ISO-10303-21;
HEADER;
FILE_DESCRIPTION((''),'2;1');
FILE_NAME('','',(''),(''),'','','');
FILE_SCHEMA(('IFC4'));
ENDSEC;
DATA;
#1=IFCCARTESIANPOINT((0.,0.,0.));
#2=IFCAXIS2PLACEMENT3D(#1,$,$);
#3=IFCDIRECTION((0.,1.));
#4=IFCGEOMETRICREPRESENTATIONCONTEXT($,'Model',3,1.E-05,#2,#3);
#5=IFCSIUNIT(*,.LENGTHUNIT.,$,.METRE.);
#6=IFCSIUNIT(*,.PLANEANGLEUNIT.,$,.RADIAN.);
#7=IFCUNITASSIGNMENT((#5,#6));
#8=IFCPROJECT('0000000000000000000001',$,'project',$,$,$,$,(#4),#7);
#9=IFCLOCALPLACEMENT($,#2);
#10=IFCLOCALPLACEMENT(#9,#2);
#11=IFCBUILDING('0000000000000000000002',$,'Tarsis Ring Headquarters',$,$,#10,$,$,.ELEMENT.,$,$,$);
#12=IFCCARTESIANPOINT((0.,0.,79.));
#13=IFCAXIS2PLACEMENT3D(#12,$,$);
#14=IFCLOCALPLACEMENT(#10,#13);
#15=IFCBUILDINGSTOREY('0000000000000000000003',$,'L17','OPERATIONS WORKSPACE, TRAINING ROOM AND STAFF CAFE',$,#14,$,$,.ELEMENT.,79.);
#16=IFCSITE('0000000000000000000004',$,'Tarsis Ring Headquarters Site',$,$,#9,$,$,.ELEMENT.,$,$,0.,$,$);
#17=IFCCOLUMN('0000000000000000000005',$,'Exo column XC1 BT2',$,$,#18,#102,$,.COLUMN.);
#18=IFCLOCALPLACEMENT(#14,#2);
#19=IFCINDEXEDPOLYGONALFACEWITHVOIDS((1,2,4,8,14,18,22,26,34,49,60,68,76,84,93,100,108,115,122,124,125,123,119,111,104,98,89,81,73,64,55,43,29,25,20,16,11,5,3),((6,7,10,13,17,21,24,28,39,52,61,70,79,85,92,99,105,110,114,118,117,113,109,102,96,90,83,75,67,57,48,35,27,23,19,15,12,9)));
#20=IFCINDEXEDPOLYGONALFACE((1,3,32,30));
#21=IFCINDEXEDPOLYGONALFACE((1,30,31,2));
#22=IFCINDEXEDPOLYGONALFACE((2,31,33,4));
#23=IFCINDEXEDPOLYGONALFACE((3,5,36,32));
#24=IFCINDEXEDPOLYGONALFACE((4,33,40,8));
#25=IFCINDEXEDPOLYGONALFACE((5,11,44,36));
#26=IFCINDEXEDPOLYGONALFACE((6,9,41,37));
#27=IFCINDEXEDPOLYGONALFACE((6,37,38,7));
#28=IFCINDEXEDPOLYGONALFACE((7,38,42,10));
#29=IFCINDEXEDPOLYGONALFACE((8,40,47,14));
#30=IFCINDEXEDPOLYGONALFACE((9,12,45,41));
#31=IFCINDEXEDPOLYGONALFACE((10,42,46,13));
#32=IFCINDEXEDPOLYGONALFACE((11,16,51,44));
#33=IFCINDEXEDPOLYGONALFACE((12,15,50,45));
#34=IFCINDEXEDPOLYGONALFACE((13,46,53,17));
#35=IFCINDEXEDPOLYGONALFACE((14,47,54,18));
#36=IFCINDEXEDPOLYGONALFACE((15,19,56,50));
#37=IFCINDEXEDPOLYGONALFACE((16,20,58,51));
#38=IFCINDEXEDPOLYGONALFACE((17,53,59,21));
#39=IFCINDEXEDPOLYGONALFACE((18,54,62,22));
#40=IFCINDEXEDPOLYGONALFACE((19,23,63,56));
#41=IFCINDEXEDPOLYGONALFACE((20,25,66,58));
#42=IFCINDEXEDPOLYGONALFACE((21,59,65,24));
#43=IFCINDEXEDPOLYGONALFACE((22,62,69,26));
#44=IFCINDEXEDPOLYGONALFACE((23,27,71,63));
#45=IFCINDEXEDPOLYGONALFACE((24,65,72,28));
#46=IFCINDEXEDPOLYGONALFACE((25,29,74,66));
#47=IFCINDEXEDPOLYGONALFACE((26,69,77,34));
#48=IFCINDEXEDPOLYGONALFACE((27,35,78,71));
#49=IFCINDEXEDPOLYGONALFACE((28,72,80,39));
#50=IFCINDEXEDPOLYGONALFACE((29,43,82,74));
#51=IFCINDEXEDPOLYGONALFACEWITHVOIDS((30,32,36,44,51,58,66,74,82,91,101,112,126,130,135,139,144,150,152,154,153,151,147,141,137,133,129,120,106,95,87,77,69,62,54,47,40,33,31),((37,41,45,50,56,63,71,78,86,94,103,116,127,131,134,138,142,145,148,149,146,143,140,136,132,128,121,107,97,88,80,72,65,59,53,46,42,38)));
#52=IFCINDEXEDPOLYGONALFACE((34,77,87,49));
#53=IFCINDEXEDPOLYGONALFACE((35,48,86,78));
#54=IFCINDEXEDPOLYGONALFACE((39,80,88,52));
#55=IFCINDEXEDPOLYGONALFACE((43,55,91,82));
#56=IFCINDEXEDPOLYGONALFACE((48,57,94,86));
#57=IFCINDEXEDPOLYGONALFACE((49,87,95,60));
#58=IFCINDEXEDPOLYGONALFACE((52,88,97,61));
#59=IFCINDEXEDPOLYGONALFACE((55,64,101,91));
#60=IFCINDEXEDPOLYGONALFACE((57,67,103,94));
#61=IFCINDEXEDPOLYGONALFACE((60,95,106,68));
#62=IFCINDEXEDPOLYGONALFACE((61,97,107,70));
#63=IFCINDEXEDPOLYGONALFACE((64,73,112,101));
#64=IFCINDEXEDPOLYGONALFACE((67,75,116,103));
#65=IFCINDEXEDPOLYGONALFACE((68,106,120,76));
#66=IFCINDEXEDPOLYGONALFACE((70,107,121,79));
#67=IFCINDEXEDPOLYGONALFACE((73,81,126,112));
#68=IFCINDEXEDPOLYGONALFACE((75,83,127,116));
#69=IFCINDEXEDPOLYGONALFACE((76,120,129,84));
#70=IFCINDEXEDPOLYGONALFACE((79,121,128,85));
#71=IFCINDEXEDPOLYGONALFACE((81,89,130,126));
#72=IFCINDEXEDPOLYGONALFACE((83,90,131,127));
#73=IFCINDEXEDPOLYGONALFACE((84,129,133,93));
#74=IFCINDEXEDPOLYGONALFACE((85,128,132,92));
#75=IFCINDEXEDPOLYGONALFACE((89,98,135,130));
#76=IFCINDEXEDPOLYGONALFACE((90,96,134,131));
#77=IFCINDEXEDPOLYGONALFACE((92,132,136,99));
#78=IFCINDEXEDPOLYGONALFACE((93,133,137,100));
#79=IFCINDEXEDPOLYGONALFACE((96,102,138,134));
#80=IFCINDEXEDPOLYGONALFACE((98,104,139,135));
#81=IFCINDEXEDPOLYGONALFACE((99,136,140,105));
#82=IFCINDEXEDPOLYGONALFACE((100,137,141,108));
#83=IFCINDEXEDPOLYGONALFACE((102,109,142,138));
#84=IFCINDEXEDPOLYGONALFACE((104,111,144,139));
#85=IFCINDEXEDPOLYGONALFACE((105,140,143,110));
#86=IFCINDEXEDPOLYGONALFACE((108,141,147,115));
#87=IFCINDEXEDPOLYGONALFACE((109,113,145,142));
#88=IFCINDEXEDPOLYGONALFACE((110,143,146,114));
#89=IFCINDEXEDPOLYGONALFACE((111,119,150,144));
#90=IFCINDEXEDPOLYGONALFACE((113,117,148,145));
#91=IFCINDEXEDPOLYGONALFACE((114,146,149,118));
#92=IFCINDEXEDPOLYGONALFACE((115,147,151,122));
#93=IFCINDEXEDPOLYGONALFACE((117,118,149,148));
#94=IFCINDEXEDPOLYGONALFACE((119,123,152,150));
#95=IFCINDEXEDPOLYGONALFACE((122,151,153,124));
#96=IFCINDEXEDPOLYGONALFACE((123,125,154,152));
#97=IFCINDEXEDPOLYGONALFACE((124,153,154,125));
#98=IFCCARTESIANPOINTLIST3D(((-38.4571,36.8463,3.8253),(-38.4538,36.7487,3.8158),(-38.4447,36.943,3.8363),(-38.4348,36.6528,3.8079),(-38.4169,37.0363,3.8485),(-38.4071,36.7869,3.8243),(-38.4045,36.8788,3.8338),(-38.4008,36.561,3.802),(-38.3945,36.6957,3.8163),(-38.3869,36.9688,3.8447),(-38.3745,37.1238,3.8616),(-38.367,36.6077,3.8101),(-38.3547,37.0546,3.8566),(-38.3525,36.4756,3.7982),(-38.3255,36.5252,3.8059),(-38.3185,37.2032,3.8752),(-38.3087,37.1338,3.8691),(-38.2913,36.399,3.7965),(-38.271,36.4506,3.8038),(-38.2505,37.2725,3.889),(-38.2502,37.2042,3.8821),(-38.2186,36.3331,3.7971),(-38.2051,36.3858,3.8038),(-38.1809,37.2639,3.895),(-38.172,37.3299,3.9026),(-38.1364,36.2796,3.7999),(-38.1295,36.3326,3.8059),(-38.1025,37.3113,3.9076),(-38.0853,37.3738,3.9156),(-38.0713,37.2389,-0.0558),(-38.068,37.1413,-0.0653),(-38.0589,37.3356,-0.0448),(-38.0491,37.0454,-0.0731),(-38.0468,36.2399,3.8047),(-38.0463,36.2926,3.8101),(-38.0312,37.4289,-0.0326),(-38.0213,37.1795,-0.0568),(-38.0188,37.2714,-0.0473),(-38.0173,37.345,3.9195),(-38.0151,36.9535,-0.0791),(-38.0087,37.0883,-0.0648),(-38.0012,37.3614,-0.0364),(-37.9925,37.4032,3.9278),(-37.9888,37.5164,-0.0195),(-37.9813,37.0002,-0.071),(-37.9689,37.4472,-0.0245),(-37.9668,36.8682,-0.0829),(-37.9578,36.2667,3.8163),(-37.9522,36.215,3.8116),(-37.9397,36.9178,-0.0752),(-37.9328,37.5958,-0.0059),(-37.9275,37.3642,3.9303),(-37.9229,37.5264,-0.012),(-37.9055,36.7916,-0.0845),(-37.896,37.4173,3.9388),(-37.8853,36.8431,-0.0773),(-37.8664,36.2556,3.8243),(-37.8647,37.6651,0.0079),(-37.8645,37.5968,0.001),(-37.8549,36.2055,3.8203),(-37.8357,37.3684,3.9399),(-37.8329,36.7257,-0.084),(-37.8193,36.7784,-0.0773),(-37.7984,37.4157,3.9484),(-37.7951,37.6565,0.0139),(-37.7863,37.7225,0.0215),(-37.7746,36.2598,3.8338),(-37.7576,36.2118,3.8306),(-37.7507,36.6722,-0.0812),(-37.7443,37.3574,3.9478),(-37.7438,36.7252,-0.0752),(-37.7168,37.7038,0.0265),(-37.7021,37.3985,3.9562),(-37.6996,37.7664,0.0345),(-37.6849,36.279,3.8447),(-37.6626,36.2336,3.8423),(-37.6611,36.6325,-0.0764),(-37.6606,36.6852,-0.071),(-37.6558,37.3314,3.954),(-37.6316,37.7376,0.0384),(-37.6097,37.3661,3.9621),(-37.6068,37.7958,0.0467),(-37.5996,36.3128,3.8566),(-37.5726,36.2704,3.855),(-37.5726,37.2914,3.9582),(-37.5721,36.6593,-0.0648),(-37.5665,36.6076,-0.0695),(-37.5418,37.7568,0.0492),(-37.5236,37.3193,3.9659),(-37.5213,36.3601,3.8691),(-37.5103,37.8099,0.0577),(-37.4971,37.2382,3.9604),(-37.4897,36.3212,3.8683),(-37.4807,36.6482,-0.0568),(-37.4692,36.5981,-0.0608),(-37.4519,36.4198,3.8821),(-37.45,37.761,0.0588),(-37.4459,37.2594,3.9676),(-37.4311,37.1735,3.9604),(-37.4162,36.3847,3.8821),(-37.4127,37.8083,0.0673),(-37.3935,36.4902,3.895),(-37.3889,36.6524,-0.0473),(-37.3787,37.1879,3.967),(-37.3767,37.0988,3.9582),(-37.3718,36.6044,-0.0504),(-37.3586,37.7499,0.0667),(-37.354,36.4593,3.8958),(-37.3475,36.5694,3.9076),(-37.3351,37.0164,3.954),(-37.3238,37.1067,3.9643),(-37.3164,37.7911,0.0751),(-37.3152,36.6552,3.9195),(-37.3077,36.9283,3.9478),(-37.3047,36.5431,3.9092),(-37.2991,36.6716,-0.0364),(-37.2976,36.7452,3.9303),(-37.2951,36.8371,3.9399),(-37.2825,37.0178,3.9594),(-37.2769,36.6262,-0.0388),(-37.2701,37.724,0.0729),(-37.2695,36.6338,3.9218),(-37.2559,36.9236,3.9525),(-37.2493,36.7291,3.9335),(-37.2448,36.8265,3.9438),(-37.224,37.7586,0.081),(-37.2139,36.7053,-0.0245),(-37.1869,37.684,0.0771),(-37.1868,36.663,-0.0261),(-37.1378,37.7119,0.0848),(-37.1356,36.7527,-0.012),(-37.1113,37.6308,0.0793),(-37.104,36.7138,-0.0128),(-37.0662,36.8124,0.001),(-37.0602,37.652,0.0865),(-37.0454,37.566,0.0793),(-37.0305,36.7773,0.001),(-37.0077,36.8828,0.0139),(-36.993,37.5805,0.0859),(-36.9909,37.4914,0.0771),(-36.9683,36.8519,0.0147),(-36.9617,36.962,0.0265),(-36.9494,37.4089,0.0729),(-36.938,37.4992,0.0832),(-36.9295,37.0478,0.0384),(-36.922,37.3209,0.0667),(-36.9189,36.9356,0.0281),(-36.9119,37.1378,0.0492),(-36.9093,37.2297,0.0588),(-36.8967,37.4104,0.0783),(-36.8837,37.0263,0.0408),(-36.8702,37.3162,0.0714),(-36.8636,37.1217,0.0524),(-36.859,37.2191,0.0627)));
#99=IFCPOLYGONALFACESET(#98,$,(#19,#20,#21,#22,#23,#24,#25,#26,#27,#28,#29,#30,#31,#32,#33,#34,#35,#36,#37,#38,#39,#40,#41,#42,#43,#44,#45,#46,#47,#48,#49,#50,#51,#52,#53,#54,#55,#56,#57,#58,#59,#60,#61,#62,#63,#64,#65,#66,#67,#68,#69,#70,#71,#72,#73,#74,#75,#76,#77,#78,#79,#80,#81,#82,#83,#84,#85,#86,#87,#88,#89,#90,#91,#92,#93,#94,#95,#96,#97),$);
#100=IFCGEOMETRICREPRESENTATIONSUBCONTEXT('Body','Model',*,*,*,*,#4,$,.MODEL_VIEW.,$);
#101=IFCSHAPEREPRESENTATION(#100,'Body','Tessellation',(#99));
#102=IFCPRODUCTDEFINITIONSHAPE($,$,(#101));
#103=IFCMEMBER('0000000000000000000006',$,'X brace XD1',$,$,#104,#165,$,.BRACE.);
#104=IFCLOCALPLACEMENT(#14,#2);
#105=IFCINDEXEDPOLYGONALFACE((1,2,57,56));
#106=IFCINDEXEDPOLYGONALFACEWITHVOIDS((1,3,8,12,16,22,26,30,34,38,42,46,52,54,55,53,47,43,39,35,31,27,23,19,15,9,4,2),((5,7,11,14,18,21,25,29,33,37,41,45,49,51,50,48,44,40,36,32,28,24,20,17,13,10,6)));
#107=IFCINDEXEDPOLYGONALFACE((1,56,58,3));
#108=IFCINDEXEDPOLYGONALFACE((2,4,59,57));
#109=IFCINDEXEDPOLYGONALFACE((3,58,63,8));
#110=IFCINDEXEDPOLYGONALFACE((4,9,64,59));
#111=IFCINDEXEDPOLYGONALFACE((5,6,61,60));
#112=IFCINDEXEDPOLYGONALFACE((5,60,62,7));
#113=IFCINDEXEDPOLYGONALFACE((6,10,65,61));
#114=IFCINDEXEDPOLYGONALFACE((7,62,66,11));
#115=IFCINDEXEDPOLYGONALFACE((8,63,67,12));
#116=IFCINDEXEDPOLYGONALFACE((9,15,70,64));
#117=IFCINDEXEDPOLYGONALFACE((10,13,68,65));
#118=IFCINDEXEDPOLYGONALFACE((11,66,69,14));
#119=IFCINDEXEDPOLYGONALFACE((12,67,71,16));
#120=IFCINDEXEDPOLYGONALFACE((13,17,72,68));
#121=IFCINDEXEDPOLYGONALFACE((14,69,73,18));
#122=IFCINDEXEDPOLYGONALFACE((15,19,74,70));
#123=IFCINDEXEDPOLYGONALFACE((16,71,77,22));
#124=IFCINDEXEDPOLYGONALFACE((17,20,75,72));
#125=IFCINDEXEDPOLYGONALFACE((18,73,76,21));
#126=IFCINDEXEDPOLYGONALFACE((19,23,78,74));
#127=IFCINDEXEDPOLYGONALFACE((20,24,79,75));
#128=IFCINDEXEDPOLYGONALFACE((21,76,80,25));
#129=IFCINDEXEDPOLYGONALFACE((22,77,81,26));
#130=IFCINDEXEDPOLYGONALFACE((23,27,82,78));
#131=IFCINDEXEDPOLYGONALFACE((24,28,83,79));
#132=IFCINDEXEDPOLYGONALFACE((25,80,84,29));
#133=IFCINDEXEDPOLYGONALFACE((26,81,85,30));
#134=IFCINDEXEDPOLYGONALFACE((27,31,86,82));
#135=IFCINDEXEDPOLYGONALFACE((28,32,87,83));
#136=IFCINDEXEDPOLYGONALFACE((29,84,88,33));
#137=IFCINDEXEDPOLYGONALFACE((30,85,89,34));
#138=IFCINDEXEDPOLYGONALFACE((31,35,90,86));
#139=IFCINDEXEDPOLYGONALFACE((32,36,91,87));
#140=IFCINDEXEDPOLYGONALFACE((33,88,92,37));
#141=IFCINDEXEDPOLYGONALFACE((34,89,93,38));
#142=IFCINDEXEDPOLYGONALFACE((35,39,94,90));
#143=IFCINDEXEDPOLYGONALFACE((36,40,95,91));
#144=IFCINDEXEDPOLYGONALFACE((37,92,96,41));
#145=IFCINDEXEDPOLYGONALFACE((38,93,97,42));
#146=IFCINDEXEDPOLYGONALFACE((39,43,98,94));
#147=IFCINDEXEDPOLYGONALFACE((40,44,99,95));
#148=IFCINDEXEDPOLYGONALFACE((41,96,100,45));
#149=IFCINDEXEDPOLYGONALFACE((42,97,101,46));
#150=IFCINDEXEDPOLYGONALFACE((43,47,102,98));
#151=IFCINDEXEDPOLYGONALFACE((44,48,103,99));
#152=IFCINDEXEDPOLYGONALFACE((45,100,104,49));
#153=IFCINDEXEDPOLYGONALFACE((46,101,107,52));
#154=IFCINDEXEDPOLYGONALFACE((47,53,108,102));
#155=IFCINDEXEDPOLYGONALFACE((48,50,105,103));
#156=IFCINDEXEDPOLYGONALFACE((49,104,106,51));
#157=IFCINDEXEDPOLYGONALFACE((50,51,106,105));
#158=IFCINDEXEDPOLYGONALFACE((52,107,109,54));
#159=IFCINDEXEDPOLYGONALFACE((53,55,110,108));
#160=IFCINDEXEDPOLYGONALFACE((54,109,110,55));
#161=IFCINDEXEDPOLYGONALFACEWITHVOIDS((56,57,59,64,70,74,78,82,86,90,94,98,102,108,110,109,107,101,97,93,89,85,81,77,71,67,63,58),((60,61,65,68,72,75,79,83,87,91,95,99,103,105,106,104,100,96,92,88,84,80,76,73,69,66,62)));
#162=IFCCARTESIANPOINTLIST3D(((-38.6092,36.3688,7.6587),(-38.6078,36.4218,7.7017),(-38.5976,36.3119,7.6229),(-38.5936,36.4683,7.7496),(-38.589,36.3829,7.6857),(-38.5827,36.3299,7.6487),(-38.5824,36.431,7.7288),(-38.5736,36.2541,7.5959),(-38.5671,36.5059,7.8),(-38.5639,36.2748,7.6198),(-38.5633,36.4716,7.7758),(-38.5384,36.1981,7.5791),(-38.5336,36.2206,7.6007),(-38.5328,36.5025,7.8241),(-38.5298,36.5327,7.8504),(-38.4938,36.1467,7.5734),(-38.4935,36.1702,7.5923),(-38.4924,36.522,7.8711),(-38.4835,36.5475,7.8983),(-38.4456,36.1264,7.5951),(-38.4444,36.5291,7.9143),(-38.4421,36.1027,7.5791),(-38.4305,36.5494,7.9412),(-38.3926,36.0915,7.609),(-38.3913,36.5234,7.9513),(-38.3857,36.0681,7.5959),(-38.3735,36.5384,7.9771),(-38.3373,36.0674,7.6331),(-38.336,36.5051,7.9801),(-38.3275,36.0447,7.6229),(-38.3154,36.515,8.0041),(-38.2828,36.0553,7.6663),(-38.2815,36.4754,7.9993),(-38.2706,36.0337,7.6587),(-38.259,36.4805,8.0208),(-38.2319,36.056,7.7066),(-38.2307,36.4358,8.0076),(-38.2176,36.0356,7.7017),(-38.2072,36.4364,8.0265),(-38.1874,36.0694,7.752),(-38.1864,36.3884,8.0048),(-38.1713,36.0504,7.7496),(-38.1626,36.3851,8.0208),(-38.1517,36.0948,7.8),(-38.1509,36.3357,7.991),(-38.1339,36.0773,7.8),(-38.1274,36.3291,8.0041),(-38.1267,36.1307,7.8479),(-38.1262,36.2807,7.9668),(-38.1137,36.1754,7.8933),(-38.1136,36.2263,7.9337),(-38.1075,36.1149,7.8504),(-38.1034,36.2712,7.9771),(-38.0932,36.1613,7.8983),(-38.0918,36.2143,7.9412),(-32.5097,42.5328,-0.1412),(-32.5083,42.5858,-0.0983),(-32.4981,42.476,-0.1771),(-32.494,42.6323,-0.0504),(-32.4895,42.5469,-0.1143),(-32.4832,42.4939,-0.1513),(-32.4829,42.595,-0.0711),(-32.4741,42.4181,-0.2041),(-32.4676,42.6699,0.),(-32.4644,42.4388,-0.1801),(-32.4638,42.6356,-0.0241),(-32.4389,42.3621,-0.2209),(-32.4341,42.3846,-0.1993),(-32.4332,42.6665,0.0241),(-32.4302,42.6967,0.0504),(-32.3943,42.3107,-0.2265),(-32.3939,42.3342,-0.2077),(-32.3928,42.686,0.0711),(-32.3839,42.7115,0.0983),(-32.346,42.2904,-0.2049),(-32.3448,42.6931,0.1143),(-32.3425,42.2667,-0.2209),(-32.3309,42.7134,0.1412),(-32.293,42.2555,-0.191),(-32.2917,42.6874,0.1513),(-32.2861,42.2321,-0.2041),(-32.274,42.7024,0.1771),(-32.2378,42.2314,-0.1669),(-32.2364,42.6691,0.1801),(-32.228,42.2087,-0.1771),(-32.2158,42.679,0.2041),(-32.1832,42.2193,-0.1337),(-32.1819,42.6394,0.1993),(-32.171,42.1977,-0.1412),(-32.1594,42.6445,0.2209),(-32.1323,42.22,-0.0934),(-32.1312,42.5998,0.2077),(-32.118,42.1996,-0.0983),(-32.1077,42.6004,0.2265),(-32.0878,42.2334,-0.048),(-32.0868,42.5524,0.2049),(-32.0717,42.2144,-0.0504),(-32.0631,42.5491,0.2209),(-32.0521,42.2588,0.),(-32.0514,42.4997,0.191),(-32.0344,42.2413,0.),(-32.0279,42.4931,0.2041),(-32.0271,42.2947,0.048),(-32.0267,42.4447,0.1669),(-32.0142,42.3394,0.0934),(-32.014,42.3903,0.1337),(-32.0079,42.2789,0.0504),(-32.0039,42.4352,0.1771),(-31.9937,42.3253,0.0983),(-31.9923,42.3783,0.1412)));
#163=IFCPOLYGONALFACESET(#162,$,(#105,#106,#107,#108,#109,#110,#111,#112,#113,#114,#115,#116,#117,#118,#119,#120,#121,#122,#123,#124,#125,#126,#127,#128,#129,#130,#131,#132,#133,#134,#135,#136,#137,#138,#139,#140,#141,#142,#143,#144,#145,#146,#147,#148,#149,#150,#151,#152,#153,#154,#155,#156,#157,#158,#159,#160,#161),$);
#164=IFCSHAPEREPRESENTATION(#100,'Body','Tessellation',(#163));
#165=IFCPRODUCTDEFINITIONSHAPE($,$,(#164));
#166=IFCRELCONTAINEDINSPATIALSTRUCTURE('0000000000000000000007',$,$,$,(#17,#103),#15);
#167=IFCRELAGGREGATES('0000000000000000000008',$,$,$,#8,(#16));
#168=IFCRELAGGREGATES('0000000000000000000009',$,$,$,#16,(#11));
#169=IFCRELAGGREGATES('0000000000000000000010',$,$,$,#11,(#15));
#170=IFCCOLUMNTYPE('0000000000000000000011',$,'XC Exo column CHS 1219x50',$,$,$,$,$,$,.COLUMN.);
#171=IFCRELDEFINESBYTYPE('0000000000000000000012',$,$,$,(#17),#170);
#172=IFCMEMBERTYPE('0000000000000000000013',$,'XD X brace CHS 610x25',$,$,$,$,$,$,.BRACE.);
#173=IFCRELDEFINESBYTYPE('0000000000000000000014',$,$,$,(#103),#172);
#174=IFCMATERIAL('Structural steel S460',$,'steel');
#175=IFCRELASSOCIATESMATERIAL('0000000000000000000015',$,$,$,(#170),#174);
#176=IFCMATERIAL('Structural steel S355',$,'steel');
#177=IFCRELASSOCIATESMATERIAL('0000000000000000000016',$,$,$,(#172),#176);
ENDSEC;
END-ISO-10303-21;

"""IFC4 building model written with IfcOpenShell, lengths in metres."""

from ifc_helpers import new_model, si_unit, direction, frame, origin, origin_2d, place, context, subcontext, project, spatial, hollow_circle, extrude, material, material_profile, profile_set, type_object, element, save


model = new_model("IFC4")

# Units and contexts
model_context = context("Model", 3, precision=1e-05, world=origin(), true_north=direction((0.0, 1.0)))
body_context = subcontext(model_context, "Body", "Model", "MODEL_VIEW")
ifc_project = project(units=[si_unit("LENGTHUNIT", "METRE"), si_unit("PLANEANGLEUNIT", "RADIAN")], contexts=[model_context])

# Site, building, storey
site_placement = place(None, origin())
site = spatial("IfcSite", under=ifc_project, at=site_placement, Name="Tarsis Ring Headquarters Site", CompositionType="ELEMENT", RefElevation=0.0)
building_placement = place(site_placement, origin())
building = spatial("IfcBuilding", under=site, at=building_placement, Name="Tarsis Ring Headquarters", CompositionType="ELEMENT")
storey_placement = place(building_placement, frame((0.0, 0.0, 79.0)))
storey = spatial("IfcBuildingStorey", under=building, at=storey_placement, Name="L17", Description="OPERATIONS WORKSPACE, TRAINING ROOM AND STAFF CAFE", CompositionType="ELEMENT", Elevation=79.0)

# Column
ifc_material_1 = material(Name="Structural steel S460", Category="steel")
ifc_material_profile_1 = material_profile(ifc_material_1, hollow_circle(Radius=0.6096, WallThickness=0.05, at=origin_2d()), Name="CHS 1219x50")
ifc_profile_set_1 = profile_set([ifc_material_profile_1], Name="Structural steel S460")
column_type = type_object("IfcColumnType", Name="XC Exo column CHS 1219x50", PredefinedType="COLUMN", material=ifc_profile_set_1)
column_placement = place(storey_placement, frame((-37.4653, 37.2046, 0.001), z_axis=(-0.098405, -0.100149, 0.990094), x_axis=(0.71329, -0.700869, 0.0)))
element("IfcColumn", 1, at=column_placement, inside=storey, type_object=column_type, Name="Exo column XC1 BT2", PredefinedType="COLUMN", context=body_context, shape_type="SweptSolid", body=[
    extrude(hollow_circle(Radius=0.6096, WallThickness=0.05, at=origin_2d()), origin(), (0.0, 0.0, 1.0), 3.9199),
])

# Member
ifc_material_2 = material(Name="Structural steel S355", Category="steel")
ifc_material_profile_2 = material_profile(ifc_material_2, hollow_circle(Radius=0.3047, WallThickness=0.0249, at=origin_2d()), Name="CHS 610x25")
ifc_profile_set_2 = profile_set([ifc_material_profile_2], Name="Structural steel S355")
member_type = type_object("IfcMemberType", Name="XD X brace CHS 610x25", PredefinedType="BRACE", material=ifc_profile_set_2)
member_1_placement = place(storey_placement, frame((-32.251, 42.4556, 0.0), z_axis=(-0.522957, -0.528483, 0.668746), x_axis=(0.710813, -0.703381, 0.0)))
element("IfcMember", 2, at=member_1_placement, inside=storey, type_object=member_type, Name="X brace XD1", PredefinedType="BRACE", context=body_context, shape_type="SweptSolid", body=[
    extrude(hollow_circle(Radius=0.3047, WallThickness=0.0249, at=origin_2d()), origin(), (0.0, 0.0, 1.0), 11.6636),
])

save(model, "model.ifc")
